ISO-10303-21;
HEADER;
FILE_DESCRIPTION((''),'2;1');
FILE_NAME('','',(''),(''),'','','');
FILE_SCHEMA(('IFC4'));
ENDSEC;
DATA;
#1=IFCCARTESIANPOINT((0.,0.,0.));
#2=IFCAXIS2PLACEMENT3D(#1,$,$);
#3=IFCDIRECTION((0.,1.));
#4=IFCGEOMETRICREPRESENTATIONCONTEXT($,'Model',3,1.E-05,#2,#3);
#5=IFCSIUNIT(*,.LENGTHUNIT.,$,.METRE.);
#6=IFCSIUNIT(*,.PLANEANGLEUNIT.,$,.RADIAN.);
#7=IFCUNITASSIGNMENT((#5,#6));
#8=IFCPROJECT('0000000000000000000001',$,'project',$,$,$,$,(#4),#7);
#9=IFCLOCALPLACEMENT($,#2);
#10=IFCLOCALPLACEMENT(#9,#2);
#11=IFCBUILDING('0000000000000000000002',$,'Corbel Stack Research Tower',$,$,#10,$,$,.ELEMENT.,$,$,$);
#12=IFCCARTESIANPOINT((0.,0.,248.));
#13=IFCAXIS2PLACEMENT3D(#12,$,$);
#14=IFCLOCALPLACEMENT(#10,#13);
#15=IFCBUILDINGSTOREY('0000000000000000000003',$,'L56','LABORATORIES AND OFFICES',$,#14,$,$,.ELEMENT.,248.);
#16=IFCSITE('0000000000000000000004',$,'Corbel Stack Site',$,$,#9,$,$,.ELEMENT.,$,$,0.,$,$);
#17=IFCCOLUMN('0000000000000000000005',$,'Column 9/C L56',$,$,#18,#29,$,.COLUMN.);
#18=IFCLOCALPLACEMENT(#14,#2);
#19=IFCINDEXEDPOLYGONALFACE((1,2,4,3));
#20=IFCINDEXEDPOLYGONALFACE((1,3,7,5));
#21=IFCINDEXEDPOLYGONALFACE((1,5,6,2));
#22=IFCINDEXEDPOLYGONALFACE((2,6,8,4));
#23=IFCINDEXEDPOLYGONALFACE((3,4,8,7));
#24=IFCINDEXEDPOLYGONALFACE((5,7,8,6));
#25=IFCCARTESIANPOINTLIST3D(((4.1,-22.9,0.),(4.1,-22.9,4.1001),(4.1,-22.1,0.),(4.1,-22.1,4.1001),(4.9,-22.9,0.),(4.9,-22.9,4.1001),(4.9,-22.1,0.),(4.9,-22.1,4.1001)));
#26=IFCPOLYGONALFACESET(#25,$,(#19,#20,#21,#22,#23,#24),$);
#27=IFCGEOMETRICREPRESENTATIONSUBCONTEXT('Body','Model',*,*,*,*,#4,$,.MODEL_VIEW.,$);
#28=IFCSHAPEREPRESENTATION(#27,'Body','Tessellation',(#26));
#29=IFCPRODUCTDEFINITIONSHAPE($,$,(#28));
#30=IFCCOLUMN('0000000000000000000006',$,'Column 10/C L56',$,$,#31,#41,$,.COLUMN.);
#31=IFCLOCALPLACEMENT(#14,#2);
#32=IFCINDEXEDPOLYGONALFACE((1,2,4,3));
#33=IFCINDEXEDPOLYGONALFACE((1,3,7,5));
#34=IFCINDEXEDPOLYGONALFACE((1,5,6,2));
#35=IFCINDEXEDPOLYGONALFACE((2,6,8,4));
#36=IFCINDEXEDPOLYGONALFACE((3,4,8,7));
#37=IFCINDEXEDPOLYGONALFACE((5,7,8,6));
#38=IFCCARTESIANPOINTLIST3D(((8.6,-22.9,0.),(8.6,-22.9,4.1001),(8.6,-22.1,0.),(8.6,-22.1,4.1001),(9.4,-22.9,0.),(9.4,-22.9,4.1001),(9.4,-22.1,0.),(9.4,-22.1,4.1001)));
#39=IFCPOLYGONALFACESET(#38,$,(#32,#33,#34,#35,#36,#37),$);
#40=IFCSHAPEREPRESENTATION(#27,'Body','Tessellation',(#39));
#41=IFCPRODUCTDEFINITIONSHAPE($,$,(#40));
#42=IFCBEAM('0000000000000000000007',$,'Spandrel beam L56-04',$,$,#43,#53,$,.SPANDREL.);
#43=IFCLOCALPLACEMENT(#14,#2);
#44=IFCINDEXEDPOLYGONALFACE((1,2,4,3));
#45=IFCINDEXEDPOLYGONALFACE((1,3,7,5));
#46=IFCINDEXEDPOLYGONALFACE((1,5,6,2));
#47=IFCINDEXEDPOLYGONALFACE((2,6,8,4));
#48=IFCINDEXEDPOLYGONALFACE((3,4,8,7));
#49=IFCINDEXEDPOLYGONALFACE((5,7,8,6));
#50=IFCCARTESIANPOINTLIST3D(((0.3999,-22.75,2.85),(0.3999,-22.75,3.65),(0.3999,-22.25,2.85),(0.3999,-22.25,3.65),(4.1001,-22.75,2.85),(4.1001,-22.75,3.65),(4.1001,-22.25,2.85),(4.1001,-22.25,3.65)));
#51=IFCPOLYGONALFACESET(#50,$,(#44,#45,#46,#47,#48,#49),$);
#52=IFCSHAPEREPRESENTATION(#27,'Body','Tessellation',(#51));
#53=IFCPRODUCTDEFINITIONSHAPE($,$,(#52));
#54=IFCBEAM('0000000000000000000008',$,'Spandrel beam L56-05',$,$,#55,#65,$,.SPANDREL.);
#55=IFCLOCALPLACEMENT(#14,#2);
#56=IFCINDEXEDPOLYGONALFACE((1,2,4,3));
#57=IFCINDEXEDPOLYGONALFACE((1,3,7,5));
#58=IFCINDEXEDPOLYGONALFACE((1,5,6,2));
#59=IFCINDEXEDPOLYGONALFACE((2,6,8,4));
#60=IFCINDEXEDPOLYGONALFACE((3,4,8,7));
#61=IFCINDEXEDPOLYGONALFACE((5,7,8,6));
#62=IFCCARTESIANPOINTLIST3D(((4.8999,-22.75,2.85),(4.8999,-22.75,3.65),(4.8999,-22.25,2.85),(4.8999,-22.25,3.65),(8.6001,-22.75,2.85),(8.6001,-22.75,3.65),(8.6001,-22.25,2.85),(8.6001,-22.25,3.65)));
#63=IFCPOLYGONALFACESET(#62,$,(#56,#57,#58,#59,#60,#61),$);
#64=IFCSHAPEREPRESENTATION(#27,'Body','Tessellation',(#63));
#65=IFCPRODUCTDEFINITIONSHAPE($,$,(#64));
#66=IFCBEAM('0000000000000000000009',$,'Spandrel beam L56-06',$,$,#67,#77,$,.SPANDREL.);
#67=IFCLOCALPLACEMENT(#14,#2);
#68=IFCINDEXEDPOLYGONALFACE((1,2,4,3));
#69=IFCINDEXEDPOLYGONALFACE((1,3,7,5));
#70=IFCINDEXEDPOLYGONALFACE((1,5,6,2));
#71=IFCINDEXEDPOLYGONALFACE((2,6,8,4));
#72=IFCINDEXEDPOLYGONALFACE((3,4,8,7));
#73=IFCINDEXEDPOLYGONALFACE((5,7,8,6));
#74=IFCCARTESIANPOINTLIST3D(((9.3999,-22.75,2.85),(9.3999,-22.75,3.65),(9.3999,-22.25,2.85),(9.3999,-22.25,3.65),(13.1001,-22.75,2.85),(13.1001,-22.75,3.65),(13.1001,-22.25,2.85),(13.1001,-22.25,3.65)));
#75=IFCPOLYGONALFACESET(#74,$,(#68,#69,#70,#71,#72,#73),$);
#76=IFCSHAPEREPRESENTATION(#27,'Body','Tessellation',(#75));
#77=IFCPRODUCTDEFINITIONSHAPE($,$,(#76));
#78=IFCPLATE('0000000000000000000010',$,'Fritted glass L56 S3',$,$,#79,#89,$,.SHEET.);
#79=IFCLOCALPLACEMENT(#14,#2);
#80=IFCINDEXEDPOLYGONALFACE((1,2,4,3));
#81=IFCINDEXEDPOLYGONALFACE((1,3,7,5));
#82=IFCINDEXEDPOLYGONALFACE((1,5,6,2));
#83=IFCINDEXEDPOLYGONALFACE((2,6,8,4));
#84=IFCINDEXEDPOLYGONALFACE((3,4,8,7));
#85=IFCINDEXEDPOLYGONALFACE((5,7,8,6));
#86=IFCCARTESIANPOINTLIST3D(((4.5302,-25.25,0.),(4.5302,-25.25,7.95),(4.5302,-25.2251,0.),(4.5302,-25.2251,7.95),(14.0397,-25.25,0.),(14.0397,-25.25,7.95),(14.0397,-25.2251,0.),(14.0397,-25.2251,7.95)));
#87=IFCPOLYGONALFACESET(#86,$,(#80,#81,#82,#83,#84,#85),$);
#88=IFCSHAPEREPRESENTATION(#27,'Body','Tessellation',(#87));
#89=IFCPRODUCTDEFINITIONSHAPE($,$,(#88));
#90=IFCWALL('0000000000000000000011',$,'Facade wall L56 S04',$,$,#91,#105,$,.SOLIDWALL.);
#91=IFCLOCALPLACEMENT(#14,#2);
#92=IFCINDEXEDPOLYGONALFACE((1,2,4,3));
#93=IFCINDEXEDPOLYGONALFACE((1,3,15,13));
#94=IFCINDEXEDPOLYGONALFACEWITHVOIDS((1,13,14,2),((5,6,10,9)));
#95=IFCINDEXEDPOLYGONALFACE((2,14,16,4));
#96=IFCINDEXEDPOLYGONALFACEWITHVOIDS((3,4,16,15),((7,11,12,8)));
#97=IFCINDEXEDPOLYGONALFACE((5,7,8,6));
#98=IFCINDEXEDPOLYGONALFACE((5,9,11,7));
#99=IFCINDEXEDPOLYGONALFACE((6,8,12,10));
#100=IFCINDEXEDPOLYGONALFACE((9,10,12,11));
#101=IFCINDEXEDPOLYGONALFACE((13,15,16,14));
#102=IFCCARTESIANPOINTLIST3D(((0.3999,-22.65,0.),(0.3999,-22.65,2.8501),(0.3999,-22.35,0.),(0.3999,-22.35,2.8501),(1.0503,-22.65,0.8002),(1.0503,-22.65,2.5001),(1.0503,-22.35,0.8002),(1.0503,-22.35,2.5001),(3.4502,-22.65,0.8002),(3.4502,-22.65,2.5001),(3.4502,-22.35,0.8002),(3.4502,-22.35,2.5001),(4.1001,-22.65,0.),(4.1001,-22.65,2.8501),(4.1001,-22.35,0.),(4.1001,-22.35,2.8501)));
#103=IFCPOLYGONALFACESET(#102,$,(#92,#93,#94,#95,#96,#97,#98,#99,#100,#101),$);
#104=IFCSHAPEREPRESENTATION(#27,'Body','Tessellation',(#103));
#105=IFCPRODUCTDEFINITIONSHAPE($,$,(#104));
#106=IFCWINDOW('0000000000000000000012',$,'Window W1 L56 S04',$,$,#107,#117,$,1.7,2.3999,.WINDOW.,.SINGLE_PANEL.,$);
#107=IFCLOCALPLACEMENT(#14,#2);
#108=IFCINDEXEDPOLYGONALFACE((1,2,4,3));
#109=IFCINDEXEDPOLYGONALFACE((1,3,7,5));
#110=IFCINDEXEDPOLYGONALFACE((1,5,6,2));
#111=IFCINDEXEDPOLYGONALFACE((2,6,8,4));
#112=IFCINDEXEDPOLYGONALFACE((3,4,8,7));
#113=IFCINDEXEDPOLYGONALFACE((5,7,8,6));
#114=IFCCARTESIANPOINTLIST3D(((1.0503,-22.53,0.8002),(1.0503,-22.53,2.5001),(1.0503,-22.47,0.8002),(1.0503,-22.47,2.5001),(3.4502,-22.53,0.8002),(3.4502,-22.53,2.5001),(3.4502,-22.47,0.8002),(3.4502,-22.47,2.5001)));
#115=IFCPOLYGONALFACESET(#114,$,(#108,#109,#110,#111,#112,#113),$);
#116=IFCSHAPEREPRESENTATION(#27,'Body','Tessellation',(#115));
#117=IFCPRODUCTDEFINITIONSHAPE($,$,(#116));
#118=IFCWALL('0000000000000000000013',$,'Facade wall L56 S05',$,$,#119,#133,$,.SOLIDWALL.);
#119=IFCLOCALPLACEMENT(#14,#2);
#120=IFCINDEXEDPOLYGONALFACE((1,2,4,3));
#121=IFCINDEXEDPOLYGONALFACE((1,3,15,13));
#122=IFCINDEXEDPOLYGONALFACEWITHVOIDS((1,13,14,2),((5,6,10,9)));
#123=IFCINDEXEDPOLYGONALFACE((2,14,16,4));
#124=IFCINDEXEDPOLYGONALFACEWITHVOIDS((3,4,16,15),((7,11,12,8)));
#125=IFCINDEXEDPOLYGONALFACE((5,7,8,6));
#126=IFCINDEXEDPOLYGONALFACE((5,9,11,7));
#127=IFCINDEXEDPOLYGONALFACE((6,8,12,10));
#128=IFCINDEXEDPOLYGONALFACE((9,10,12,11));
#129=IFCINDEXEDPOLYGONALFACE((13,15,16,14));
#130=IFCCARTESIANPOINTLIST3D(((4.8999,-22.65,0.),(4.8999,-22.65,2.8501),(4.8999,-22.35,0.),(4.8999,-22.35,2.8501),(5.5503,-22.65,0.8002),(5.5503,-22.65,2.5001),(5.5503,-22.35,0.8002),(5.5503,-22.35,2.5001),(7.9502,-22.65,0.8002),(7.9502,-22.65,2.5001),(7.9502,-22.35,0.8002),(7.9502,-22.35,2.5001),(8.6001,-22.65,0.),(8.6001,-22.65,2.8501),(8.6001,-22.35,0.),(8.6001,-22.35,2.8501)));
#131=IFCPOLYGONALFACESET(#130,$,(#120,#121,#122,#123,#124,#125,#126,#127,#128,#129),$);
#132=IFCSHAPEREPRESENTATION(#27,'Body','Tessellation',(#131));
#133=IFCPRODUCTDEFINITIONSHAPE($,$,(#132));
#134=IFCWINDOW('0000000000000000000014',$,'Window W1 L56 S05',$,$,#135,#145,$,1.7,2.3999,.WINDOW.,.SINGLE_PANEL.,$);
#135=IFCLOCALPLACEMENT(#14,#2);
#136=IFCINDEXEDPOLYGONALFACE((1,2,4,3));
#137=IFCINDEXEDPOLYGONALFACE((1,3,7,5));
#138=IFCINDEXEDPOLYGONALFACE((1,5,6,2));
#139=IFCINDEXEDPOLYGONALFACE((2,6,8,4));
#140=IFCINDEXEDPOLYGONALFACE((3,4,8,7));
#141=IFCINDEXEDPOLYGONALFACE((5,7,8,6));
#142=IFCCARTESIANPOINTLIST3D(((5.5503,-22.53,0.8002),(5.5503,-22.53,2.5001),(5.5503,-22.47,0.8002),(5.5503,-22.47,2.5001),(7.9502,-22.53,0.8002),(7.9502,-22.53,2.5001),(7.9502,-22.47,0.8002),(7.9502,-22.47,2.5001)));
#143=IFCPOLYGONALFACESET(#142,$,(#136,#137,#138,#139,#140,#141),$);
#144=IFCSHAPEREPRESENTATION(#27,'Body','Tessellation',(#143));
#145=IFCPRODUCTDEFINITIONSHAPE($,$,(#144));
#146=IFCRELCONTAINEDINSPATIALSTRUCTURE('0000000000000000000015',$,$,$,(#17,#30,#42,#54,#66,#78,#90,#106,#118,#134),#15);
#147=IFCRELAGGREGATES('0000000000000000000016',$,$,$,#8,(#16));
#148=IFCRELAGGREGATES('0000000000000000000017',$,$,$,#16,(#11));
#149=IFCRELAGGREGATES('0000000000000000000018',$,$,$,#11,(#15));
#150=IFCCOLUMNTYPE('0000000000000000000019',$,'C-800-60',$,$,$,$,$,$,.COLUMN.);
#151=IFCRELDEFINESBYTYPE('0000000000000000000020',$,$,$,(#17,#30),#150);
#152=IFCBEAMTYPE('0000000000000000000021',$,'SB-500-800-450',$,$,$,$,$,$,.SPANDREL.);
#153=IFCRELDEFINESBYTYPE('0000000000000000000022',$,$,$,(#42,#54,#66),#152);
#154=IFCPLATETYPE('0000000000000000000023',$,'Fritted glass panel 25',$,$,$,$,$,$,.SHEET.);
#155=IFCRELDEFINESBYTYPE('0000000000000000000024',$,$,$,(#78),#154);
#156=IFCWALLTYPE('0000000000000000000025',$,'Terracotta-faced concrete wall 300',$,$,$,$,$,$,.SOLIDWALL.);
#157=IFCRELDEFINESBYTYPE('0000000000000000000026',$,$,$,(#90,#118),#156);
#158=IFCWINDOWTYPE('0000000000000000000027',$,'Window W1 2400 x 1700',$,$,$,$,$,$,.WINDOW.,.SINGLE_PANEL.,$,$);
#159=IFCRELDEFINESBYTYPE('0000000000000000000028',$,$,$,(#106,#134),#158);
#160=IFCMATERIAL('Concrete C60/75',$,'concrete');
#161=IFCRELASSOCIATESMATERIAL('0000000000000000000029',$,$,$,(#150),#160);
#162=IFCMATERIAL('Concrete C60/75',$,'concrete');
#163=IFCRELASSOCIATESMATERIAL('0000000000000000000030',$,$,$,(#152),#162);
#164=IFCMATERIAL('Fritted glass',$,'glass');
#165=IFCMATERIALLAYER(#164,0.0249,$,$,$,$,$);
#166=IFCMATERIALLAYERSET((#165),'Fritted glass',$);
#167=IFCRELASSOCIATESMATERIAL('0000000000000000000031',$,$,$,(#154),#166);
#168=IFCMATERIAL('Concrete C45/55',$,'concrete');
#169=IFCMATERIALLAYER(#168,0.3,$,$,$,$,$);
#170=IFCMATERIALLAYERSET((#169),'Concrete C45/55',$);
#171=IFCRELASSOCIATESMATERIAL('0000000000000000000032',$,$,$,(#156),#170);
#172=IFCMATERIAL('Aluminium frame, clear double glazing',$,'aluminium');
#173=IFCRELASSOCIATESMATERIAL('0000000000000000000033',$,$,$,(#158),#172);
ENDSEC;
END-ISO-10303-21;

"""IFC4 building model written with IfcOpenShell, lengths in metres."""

from ifc_helpers import new_model, si_unit, direction, frame, frame_2d, origin, origin_2d, place, context, subcontext, project, spatial, rectangle, extrude, material, layer, layer_set, material_profile, profile_set, type_object, element, fill, save


model = new_model("IFC4")

# Units and contexts
model_context = context("Model", 3, precision=1e-05, world=origin(), true_north=direction((0.0, 1.0)))
body_context = subcontext(model_context, "Body", "Model", "MODEL_VIEW")
ifc_project = project(units=[si_unit("LENGTHUNIT", "METRE"), si_unit("PLANEANGLEUNIT", "RADIAN")], contexts=[model_context])

# Site, building, storey
site_placement = place(None, origin())
site = spatial("IfcSite", under=ifc_project, at=site_placement, Name="Corbel Stack Site", CompositionType="ELEMENT", RefElevation=0.0)
building_placement = place(site_placement, origin())
building = spatial("IfcBuilding", under=site, at=building_placement, Name="Corbel Stack Research Tower", CompositionType="ELEMENT")
storey_placement = place(building_placement, frame((0.0, 0.0, 248.0)))
storey = spatial("IfcBuildingStorey", under=building, at=storey_placement, Name="L56", Description="LABORATORIES AND OFFICES", CompositionType="ELEMENT", Elevation=248.0)

# Columns
ifc_material_1 = material(Name="Concrete C60/75", Category="concrete")
ifc_material_profile_1 = material_profile(ifc_material_1, rectangle(XDim=0.8, YDim=0.8, at=origin_2d()), Name="RC 800 x 800")
ifc_profile_set_1 = profile_set([ifc_material_profile_1], Name="Concrete C60/75")
column_type = type_object("IfcColumnType", Name="C-800-60", PredefinedType="COLUMN", material=ifc_profile_set_1)
for number, where, z_axis, x_axis, name in (
    (1, (4.5, -22.5, 0.0), (0.0, 0.0, 1.0), (1.0, 0.0, 0.0), "Column 9/C L56"),
    (2, (9.0, -22.5, 0.0), (0.0, 0.0, 1.0), (1.0, 0.0, 0.0), "Column 10/C L56"),
):
    element("IfcColumn", number, at=place(storey_placement, frame(where, z_axis=z_axis, x_axis=x_axis)), inside=storey, type_object=column_type, Name=name, PredefinedType="COLUMN", context=body_context, shape_type="SweptSolid", body=[
        extrude(rectangle(XDim=0.8, YDim=0.8, at=origin_2d()), origin(), (0.0, 0.0, 1.0), 4.1001),
    ])

# Beams
ifc_material_2 = material(Name="Concrete C60/75", Category="concrete")
ifc_material_profile_2 = material_profile(ifc_material_2, rectangle(XDim=0.5, YDim=0.8, at=origin_2d()), Name="RC 500 x 800")
ifc_profile_set_2 = profile_set([ifc_material_profile_2], Name="Concrete C60/75")
beam_type = type_object("IfcBeamType", Name="SB-500-800-450", PredefinedType="SPANDREL", material=ifc_profile_set_2)
for number, where, z_axis, x_axis, name in (
    (3, (0.3999, -22.5, 3.25), (1.0, 0.0, 0.0), (0.0, 1.0, 0.0), "Spandrel beam L56-04"),
    (4, (4.8999, -22.5, 3.25), (1.0, 0.0, 0.0), (0.0, 1.0, 0.0), "Spandrel beam L56-05"),
    (5, (9.3999, -22.5, 3.25), (1.0, 0.0, 0.0), (0.0, 1.0, 0.0), "Spandrel beam L56-06"),
):
    element("IfcBeam", number, at=place(storey_placement, frame(where, z_axis=z_axis, x_axis=x_axis)), inside=storey, type_object=beam_type, Name=name, PredefinedType="SPANDREL", context=body_context, shape_type="SweptSolid", body=[
        extrude(rectangle(XDim=0.5, YDim=0.8, at=origin_2d()), origin(), (0.0, 0.0, 1.0), 3.7002),
    ])

# Plate
ifc_material_3 = material(Name="Fritted glass", Category="glass")
ifc_layer_1 = layer(ifc_material_3, 0.0249)
ifc_layer_set_1 = layer_set([ifc_layer_1], Name="Fritted glass")
plate_type = type_object("IfcPlateType", Name="Fritted glass panel 25", PredefinedType="SHEET", material=ifc_layer_set_1)
plate_placement = place(storey_placement, frame((9.2849, -25.2375, 0.0), z_axis=(0.0, 0.0, 1.0), x_axis=(1.0, 0.0, 0.0)))
element("IfcPlate", 6, at=plate_placement, inside=storey, type_object=plate_type, Name="Fritted glass L56 S3", PredefinedType="SHEET", context=body_context, shape_type="SweptSolid", body=[
    extrude(rectangle(XDim=9.5095, YDim=0.0249, at=origin_2d()), origin(), (0.0, 0.0, 1.0), 7.95),
])

# Walls, openings, windows
ifc_material_4 = material(Name="Concrete C45/55", Category="concrete")
ifc_layer_2 = layer(ifc_material_4, 0.3)
ifc_layer_set_2 = layer_set([ifc_layer_2], Name="Concrete C45/55")
wall_type = type_object("IfcWallType", Name="Terracotta-faced concrete wall 300", PredefinedType="SOLIDWALL", material=ifc_layer_set_2)
wall_1_placement = place(storey_placement, frame((4.1001, -22.5, 0.0), z_axis=(0.0, 0.0, 1.0), x_axis=(-1.0, 0.0, 0.0)))
wall_1 = element("IfcWall", 7, at=wall_1_placement, inside=storey, type_object=wall_type, Name="Facade wall L56 S04", PredefinedType="SOLIDWALL", context=body_context, shape_type="SweptSolid", body=[
    extrude(rectangle(XDim=3.7002, YDim=0.3, at=frame_2d((1.8501, 0.0))), origin(), (0.0, 0.0, 1.0), 2.8501),
])
opening_1_placement = place(wall_1_placement, frame((0.6499, 0.0, 0.8)))
opening_1 = element("IfcOpeningElement", 8, at=opening_1_placement, cuts=wall_1, PredefinedType="OPENING", context=body_context, shape_type="SweptSolid", body=[
    extrude(rectangle(XDim=2.3999, YDim=1.7, at=frame_2d((1.2, 0.8501))), frame((0.0, 0.1599, 0.0), z_axis=(0.0, -1.0, 0.0), x_axis=(1.0, 0.0, 0.0)), (0.0, 0.0, 1.0), 0.3201),
])
ifc_material_5 = material(Name="Aluminium frame, clear double glazing", Category="aluminium")
window_type = type_object("IfcWindowType", Name="Window W1 2400 x 1700", PartitioningType="SINGLE_PANEL", PredefinedType="WINDOW", material=ifc_material_5)
window_1_placement = place(opening_1_placement, origin())
window_1 = element("IfcWindow", 9, at=window_1_placement, inside=storey, type_object=window_type, Name="Window W1 L56 S04", OverallHeight=1.7, OverallWidth=2.3999, PartitioningType="SINGLE_PANEL", PredefinedType="WINDOW", context=body_context, shape_type="SweptSolid", body=[
    extrude(rectangle(XDim=2.3999, YDim=1.7, at=frame_2d((1.2, 0.8501))), frame((0.0, 0.03, 0.0), z_axis=(0.0, -1.0, 0.0), x_axis=(1.0, 0.0, 0.0)), (0.0, 0.0, 1.0), 0.0601),
])
fill(opening_1, window_1)
wall_2_placement = place(storey_placement, frame((8.6001, -22.5, 0.0), z_axis=(0.0, 0.0, 1.0), x_axis=(-1.0, 0.0, 0.0)))
wall_2 = element("IfcWall", 10, at=wall_2_placement, inside=storey, type_object=wall_type, Name="Facade wall L56 S05", PredefinedType="SOLIDWALL", context=body_context, shape_type="SweptSolid", body=[
    extrude(rectangle(XDim=3.7002, YDim=0.3, at=frame_2d((1.8501, 0.0))), origin(), (0.0, 0.0, 1.0), 2.8501),
])
opening_2_placement = place(wall_2_placement, frame((0.6499, 0.0, 0.8)))
opening_2 = element("IfcOpeningElement", 11, at=opening_2_placement, cuts=wall_2, PredefinedType="OPENING", context=body_context, shape_type="SweptSolid", body=[
    extrude(rectangle(XDim=2.3999, YDim=1.7, at=frame_2d((1.2, 0.8501))), frame((0.0, 0.1599, 0.0), z_axis=(0.0, -1.0, 0.0), x_axis=(1.0, 0.0, 0.0)), (0.0, 0.0, 1.0), 0.3201),
])
window_2_placement = place(opening_2_placement, origin())
window_2 = element("IfcWindow", 12, at=window_2_placement, inside=storey, type_object=window_type, Name="Window W1 L56 S05", OverallHeight=1.7, OverallWidth=2.3999, PartitioningType="SINGLE_PANEL", PredefinedType="WINDOW", context=body_context, shape_type="SweptSolid", body=[
    extrude(rectangle(XDim=2.3999, YDim=1.7, at=frame_2d((1.2, 0.8501))), frame((0.0, 0.03, 0.0), z_axis=(0.0, -1.0, 0.0), x_axis=(1.0, 0.0, 0.0)), (0.0, 0.0, 1.0), 0.0601),
])
fill(opening_2, window_2)

save(model, "model.ifc")
